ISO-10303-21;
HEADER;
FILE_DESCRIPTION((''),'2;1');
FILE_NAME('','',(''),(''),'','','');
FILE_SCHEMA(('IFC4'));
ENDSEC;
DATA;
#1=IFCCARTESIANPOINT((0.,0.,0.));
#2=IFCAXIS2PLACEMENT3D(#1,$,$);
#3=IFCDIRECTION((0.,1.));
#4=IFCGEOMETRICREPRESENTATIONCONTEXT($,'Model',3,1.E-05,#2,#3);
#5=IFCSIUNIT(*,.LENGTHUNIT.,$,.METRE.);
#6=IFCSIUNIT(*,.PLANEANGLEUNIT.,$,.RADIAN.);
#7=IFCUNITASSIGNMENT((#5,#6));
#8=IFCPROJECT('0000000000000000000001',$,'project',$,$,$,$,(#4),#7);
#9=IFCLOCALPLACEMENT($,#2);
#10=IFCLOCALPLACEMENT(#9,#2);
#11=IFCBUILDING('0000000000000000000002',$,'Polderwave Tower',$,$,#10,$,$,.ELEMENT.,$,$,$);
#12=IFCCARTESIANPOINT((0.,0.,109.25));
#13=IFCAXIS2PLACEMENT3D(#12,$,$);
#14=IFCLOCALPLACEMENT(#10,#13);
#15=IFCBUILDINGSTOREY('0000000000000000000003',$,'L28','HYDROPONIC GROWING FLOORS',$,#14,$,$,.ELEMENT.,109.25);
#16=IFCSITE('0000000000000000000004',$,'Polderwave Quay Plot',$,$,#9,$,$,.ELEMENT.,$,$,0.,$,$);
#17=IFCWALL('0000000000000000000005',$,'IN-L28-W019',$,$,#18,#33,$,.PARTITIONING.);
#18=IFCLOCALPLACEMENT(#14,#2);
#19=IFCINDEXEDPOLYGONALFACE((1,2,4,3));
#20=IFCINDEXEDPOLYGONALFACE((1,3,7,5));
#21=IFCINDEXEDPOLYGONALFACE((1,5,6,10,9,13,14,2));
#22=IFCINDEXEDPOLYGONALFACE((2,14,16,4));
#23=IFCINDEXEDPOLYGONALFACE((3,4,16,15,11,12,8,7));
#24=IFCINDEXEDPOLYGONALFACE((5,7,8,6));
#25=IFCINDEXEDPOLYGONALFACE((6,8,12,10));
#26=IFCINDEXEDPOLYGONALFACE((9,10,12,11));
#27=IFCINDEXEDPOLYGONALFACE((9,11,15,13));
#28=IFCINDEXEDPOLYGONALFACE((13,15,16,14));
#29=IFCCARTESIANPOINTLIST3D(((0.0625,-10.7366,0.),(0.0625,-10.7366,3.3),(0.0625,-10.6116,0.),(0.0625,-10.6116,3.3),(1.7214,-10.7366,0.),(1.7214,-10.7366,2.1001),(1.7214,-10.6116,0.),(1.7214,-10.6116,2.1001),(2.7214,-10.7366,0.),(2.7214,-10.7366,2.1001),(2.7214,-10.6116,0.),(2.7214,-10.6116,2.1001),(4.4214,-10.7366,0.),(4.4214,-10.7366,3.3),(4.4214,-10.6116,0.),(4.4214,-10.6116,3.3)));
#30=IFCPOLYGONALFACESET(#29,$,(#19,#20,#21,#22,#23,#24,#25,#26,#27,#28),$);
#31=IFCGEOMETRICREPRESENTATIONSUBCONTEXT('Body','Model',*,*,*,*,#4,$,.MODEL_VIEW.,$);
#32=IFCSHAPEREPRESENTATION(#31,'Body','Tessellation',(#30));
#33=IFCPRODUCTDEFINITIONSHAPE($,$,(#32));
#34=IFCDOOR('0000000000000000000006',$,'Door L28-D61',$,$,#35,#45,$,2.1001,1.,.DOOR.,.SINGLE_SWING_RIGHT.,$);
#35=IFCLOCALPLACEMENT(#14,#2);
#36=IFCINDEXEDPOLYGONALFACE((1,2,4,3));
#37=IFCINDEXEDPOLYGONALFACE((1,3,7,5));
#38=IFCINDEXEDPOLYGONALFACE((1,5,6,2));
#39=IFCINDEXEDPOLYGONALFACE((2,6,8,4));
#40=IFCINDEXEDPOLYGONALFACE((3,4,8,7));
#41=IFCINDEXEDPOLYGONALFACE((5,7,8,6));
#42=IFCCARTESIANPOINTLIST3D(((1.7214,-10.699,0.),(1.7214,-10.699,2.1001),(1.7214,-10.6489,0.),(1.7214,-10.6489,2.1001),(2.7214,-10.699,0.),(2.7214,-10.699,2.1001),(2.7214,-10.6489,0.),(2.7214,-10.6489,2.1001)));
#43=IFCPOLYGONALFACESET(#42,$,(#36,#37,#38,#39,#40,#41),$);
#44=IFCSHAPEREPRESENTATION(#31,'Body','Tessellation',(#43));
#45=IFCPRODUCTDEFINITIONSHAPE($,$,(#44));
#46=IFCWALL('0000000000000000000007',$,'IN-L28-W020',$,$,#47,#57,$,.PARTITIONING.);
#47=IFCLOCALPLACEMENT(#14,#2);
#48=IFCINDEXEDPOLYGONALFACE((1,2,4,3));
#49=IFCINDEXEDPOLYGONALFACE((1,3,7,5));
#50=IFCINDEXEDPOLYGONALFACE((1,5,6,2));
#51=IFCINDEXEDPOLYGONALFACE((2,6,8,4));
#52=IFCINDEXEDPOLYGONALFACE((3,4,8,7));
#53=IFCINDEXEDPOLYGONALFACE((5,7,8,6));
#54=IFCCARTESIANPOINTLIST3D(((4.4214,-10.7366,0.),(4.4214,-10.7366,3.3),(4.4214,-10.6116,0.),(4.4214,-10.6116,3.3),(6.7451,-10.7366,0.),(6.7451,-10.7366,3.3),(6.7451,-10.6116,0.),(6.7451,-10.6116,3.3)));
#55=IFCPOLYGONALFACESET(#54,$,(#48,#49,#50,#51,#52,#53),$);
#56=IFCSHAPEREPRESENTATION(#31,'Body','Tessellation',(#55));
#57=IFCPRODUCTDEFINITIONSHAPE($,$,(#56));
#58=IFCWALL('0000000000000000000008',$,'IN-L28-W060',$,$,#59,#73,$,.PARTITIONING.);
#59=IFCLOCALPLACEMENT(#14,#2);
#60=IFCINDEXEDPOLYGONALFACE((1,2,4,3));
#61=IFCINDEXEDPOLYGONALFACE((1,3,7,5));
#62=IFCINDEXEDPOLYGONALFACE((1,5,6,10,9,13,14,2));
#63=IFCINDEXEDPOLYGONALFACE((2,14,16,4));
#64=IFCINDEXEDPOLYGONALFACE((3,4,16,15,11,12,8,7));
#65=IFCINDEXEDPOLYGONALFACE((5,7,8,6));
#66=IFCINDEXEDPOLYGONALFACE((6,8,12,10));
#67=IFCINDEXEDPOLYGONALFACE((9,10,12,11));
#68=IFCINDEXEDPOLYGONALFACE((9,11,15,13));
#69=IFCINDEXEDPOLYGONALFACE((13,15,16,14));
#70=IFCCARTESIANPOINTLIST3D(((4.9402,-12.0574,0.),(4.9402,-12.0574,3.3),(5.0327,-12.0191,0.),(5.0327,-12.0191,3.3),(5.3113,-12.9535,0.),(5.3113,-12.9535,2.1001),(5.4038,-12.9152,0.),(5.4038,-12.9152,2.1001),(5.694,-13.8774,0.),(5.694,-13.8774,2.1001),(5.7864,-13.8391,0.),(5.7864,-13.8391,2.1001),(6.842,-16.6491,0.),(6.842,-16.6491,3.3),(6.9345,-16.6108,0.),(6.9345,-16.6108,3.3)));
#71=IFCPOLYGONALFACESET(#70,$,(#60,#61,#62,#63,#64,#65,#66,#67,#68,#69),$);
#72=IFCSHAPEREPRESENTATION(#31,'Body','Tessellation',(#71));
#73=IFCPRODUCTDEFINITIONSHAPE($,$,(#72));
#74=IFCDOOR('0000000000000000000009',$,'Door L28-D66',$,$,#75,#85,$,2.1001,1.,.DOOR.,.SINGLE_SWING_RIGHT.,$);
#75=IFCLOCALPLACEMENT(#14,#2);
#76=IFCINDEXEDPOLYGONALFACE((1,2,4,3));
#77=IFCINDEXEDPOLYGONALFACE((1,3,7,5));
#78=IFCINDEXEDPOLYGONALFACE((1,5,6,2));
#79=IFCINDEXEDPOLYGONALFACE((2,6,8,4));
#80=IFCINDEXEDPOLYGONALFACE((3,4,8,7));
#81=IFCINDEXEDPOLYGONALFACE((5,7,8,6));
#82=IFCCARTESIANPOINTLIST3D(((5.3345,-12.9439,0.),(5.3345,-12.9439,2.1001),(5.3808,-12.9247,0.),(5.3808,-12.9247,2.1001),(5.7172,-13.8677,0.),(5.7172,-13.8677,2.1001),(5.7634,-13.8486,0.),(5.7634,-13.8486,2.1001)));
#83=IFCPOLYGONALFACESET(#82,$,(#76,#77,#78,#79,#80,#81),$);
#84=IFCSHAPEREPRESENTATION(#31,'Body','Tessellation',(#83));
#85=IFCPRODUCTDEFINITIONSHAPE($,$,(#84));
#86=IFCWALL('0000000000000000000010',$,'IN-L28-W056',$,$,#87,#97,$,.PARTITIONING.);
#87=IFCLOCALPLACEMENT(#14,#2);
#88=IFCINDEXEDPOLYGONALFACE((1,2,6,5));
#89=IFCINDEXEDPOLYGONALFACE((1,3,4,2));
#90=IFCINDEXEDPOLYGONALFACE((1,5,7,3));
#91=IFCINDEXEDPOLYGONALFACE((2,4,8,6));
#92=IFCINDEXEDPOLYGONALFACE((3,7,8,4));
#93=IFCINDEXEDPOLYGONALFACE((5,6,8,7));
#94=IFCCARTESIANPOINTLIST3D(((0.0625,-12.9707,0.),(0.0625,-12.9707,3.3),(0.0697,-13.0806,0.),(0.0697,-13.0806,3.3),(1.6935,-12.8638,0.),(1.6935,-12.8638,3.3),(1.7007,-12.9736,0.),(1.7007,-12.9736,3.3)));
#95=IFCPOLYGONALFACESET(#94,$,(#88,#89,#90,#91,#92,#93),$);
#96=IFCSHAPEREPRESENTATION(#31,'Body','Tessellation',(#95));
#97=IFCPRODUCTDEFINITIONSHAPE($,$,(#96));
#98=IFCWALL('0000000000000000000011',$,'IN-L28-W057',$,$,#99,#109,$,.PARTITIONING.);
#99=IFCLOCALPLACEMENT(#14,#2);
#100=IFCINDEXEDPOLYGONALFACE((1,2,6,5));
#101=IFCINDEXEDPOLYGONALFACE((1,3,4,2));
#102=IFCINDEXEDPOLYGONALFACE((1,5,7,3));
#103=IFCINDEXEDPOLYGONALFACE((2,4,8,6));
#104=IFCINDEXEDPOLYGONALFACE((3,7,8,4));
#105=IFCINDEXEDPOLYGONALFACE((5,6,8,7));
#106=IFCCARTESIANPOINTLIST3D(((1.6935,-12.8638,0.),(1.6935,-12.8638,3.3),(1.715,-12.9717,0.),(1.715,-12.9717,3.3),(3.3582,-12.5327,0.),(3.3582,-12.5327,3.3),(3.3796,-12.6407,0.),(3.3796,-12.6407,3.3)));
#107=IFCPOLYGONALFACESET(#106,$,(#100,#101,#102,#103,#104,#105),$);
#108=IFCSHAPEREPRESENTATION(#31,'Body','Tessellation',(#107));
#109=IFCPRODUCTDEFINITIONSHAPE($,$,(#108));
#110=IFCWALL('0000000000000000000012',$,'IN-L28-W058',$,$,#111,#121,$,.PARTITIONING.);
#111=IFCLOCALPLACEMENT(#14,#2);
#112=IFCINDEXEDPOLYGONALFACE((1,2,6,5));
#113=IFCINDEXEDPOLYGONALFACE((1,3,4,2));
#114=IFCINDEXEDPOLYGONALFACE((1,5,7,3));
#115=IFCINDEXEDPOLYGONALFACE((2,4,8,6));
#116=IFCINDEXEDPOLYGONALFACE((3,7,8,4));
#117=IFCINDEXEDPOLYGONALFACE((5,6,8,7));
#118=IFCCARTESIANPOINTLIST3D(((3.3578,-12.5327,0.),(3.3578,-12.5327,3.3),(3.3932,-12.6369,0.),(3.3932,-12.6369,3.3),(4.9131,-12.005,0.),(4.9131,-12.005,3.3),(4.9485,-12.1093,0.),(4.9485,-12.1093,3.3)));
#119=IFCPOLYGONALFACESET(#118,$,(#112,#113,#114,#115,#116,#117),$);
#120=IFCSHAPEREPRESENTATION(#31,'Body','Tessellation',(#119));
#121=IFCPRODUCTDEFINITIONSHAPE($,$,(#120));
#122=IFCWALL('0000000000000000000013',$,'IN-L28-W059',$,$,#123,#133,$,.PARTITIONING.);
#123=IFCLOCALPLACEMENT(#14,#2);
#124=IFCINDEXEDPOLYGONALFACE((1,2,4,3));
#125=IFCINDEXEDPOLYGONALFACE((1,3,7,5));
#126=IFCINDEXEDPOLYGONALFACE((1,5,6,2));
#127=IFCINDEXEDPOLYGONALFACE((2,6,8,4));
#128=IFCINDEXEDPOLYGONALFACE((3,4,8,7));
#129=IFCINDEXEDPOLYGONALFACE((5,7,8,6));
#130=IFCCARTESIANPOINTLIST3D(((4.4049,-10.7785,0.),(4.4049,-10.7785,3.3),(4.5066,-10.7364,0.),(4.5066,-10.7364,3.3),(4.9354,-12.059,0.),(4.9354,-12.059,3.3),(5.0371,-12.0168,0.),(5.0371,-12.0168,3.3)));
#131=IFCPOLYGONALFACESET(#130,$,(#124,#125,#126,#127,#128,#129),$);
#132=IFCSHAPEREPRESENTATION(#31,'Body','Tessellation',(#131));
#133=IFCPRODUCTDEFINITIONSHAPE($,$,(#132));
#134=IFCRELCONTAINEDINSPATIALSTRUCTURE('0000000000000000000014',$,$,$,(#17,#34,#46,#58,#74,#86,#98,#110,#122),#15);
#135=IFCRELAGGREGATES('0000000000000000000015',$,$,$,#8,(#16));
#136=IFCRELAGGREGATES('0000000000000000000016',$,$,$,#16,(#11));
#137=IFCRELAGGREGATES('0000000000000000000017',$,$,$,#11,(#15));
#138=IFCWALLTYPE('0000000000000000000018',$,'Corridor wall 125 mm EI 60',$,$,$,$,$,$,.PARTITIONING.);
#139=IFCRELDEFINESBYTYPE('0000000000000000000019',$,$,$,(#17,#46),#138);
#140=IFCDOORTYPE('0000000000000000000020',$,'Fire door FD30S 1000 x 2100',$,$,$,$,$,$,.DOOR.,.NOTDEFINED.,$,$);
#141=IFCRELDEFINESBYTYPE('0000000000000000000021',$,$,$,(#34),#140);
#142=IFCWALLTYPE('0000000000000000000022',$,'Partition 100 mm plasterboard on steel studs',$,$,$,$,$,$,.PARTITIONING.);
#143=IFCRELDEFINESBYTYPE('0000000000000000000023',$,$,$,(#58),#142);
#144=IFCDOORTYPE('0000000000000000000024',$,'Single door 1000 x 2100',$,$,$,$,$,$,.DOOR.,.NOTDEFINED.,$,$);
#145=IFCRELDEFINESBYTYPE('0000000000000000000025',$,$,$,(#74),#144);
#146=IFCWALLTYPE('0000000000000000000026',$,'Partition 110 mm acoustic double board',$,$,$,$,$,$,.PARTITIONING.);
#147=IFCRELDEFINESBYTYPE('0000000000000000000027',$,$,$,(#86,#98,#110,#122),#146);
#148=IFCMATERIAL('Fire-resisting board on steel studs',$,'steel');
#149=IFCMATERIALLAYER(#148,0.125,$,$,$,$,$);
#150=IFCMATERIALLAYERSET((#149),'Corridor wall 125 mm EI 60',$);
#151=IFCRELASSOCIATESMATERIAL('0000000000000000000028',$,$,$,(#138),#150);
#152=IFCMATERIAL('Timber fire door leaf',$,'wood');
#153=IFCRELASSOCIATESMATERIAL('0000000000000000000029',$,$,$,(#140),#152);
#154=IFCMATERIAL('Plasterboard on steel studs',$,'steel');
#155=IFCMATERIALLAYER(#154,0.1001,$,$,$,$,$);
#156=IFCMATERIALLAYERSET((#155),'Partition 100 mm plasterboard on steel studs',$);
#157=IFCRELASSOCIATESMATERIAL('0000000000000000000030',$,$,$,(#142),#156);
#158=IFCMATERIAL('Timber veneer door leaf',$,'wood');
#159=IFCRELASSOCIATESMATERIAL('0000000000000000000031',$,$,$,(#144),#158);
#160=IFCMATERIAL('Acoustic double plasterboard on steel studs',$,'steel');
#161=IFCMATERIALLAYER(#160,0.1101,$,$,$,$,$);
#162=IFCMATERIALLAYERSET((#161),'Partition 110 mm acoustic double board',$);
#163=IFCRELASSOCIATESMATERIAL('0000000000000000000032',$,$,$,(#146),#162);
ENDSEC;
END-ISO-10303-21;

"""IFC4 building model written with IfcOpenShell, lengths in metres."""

from ifc_helpers import new_model, si_unit, direction, frame, frame_2d, origin, place, context, subcontext, project, spatial, rectangle, extrude, material, layer, layer_set, type_object, element, fill, save


model = new_model("IFC4")

# Units and contexts
model_context = context("Model", 3, precision=1e-05, world=origin(), true_north=direction((0.0, 1.0)))
body_context = subcontext(model_context, "Body", "Model", "MODEL_VIEW")
ifc_project = project(units=[si_unit("LENGTHUNIT", "METRE"), si_unit("PLANEANGLEUNIT", "RADIAN")], contexts=[model_context])

# Site, building, storey
site_placement = place(None, origin())
site = spatial("IfcSite", under=ifc_project, at=site_placement, Name="Polderwave Quay Plot", CompositionType="ELEMENT", RefElevation=0.0)
building_placement = place(site_placement, origin())
building = spatial("IfcBuilding", under=site, at=building_placement, Name="Polderwave Tower", CompositionType="ELEMENT")
storey_placement = place(building_placement, frame((0.0, 0.0, 109.25)))
storey = spatial("IfcBuildingStorey", under=building, at=storey_placement, Name="L28", Description="HYDROPONIC GROWING FLOORS", CompositionType="ELEMENT", Elevation=109.25)

# Wall, opening, door
ifc_material_1 = material(Name="Fire-resisting board on steel studs", Category="steel")
ifc_layer_1 = layer(ifc_material_1, 0.125)
ifc_layer_set_1 = layer_set([ifc_layer_1], Name="Corridor wall 125 mm EI 60")
wall_type_1 = type_object("IfcWallType", Name="Corridor wall 125 mm EI 60", PredefinedType="PARTITIONING", material=ifc_layer_set_1)
wall_1_placement = place(storey_placement, frame((4.4214, -10.6741, 0.0), z_axis=(0.0, 0.0, 1.0), x_axis=(-1.0, 0.0, 0.0)))
wall_1 = element("IfcWall", 1, at=wall_1_placement, inside=storey, type_object=wall_type_1, Name="IN-L28-W019", PredefinedType="PARTITIONING", context=body_context, shape_type="SweptSolid", body=[
    extrude(rectangle(XDim=4.3589, YDim=0.125, at=frame_2d((2.1794, 0.0))), origin(), (0.0, 0.0, 1.0), 3.3),
])
opening_1_placement = place(wall_1_placement, frame((1.7, 0.0, 0.0)))
opening_1 = element("IfcOpeningElement", 2, at=opening_1_placement, cuts=wall_1, PredefinedType="OPENING", context=body_context, shape_type="SweptSolid", body=[
    extrude(rectangle(XDim=1.0, YDim=2.1001, at=frame_2d((0.5, 1.05))), frame((0.0, 0.0725, 0.0), z_axis=(0.0, -1.0, 0.0), x_axis=(1.0, 0.0, 0.0)), (0.0, 0.0, 1.0), 0.145),
])
ifc_material_2 = material(Name="Timber fire door leaf", Category="wood")
door_type_1 = type_object("IfcDoorType", Name="Fire door FD30S 1000 x 2100", OperationType="NOTDEFINED", PredefinedType="DOOR", material=ifc_material_2)
door_1_placement = place(opening_1_placement, origin())
door_1 = element("IfcDoor", 3, at=door_1_placement, inside=storey, type_object=door_type_1, Name="Door L28-D61", OperationType="SINGLE_SWING_RIGHT", OverallHeight=2.1001, OverallWidth=1.0, PredefinedType="DOOR", context=body_context, shape_type="SweptSolid", body=[
    extrude(rectangle(XDim=1.0, YDim=2.1001, at=frame_2d((0.5, 1.05))), frame((0.0, 0.0249, 0.0), z_axis=(0.0, -1.0, 0.0), x_axis=(1.0, 0.0, 0.0)), (0.0, 0.0, 1.0), 0.05),
])
fill(opening_1, door_1)

# Wall
wall_2_placement = place(storey_placement, frame((6.7451, -10.6741, 0.0), z_axis=(0.0, 0.0, 1.0), x_axis=(-1.0, 0.0, 0.0)))
element("IfcWall", 4, at=wall_2_placement, inside=storey, type_object=wall_type_1, Name="IN-L28-W020", PredefinedType="PARTITIONING", context=body_context, shape_type="SweptSolid", body=[
    extrude(rectangle(XDim=2.3237, YDim=0.125, at=frame_2d((1.1619, 0.0))), origin(), (0.0, 0.0, 1.0), 3.3),
])

# Wall, opening, door
ifc_material_3 = material(Name="Plasterboard on steel studs", Category="steel")
ifc_layer_2 = layer(ifc_material_3, 0.1001)
ifc_layer_set_2 = layer_set([ifc_layer_2], Name="Partition 100 mm plasterboard on steel studs")
wall_type_2 = type_object("IfcWallType", Name="Partition 100 mm plasterboard on steel studs", PredefinedType="PARTITIONING", material=ifc_layer_set_2)
wall_3_placement = place(storey_placement, frame((6.8882, -16.6299, 0.0), z_axis=(0.0, 0.0, 1.0), x_axis=(-0.382661, 0.923889, 0.0)))
wall_3 = element("IfcWall", 5, at=wall_3_placement, inside=storey, type_object=wall_type_2, Name="IN-L28-W060", PredefinedType="PARTITIONING", context=body_context, shape_type="SweptSolid", body=[
    extrude(rectangle(XDim=4.97, YDim=0.1001, at=frame_2d((2.4849, 0.0))), origin(), (0.0, 0.0, 1.0), 3.3),
])
opening_2_placement = place(wall_3_placement, frame((3.0, 0.0, 0.0)))
opening_2 = element("IfcOpeningElement", 6, at=opening_2_placement, cuts=wall_3, PredefinedType="OPENING", context=body_context, shape_type="SweptSolid", body=[
    extrude(rectangle(XDim=1.0, YDim=2.1001, at=frame_2d((0.5, 1.05))), frame((0.0, 0.0601, 0.0), z_axis=(0.0, -1.0, 0.0), x_axis=(1.0, 0.0, 0.0)), (0.0, 0.0, 1.0), 0.1201),
])
ifc_material_4 = material(Name="Timber veneer door leaf", Category="wood")
door_type_2 = type_object("IfcDoorType", Name="Single door 1000 x 2100", OperationType="NOTDEFINED", PredefinedType="DOOR", material=ifc_material_4)
door_2_placement = place(opening_2_placement, origin())
door_2 = element("IfcDoor", 7, at=door_2_placement, inside=storey, type_object=door_type_2, Name="Door L28-D66", OperationType="SINGLE_SWING_RIGHT", OverallHeight=2.1001, OverallWidth=1.0, PredefinedType="DOOR", context=body_context, shape_type="SweptSolid", body=[
    extrude(rectangle(XDim=1.0, YDim=2.1001, at=frame_2d((0.5, 1.05))), frame((0.0, 0.0249, 0.0), z_axis=(0.0, -1.0, 0.0), x_axis=(1.0, 0.0, 0.0)), (0.0, 0.0, 1.0), 0.05),
])
fill(opening_2, door_2)

# Walls
ifc_material_5 = material(Name="Acoustic double plasterboard on steel studs", Category="steel")
ifc_layer_3 = layer(ifc_material_5, 0.1101)
ifc_layer_set_3 = layer_set([ifc_layer_3], Name="Partition 110 mm acoustic double board")
wall_type_3 = type_object("IfcWallType", Name="Partition 110 mm acoustic double board", PredefinedType="PARTITIONING", material=ifc_layer_set_3)
wall_4_placement = place(storey_placement, frame((1.6973, -12.9187, 0.0), z_axis=(0.0, 0.0, 1.0), x_axis=(-0.997858, -0.065419, 0.0)))
element("IfcWall", 8, at=wall_4_placement, inside=storey, type_object=wall_type_3, Name="IN-L28-W056", PredefinedType="PARTITIONING", context=body_context, shape_type="SweptSolid", body=[
    extrude(rectangle(XDim=1.6345, YDim=0.1101, at=frame_2d((0.8174, 0.0))), origin(), (0.0, 0.0, 1.0), 3.3),
])
wall_5_placement = place(storey_placement, frame((3.3689, -12.5867, 0.0), z_axis=(0.0, 0.0, 1.0), x_axis=(-0.98079, -0.195065, 0.0)))
element("IfcWall", 9, at=wall_5_placement, inside=storey, type_object=wall_type_3, Name="IN-L28-W057", PredefinedType="PARTITIONING", context=body_context, shape_type="SweptSolid", body=[
    extrude(rectangle(XDim=1.6973, YDim=0.1101, at=frame_2d((0.8486, 0.0))), origin(), (0.0, 0.0, 1.0), 3.3),
])
wall_6_placement = place(storey_placement, frame((4.9309, -12.0571, 0.0), z_axis=(0.0, 0.0, 1.0), x_axis=(-0.94699, -0.321263, 0.0)))
element("IfcWall", 10, at=wall_6_placement, inside=storey, type_object=wall_type_3, Name="IN-L28-W058", PredefinedType="PARTITIONING", context=body_context, shape_type="SweptSolid", body=[
    extrude(rectangle(XDim=1.6423, YDim=0.1101, at=frame_2d((0.8213, 0.0))), origin(), (0.0, 0.0, 1.0), 3.3),
])
wall_7_placement = place(storey_placement, frame((4.4558, -10.7576, 0.0), z_axis=(0.0, 0.0, 1.0), x_axis=(0.382751, -0.923852, 0.0)))
element("IfcWall", 11, at=wall_7_placement, inside=storey, type_object=wall_type_3, Name="IN-L28-W059", PredefinedType="PARTITIONING", context=body_context, shape_type="SweptSolid", body=[
    extrude(rectangle(XDim=1.386, YDim=0.1101, at=frame_2d((0.6929, 0.0))), origin(), (0.0, 0.0, 1.0), 3.3),
])

save(model, "model.ifc")
